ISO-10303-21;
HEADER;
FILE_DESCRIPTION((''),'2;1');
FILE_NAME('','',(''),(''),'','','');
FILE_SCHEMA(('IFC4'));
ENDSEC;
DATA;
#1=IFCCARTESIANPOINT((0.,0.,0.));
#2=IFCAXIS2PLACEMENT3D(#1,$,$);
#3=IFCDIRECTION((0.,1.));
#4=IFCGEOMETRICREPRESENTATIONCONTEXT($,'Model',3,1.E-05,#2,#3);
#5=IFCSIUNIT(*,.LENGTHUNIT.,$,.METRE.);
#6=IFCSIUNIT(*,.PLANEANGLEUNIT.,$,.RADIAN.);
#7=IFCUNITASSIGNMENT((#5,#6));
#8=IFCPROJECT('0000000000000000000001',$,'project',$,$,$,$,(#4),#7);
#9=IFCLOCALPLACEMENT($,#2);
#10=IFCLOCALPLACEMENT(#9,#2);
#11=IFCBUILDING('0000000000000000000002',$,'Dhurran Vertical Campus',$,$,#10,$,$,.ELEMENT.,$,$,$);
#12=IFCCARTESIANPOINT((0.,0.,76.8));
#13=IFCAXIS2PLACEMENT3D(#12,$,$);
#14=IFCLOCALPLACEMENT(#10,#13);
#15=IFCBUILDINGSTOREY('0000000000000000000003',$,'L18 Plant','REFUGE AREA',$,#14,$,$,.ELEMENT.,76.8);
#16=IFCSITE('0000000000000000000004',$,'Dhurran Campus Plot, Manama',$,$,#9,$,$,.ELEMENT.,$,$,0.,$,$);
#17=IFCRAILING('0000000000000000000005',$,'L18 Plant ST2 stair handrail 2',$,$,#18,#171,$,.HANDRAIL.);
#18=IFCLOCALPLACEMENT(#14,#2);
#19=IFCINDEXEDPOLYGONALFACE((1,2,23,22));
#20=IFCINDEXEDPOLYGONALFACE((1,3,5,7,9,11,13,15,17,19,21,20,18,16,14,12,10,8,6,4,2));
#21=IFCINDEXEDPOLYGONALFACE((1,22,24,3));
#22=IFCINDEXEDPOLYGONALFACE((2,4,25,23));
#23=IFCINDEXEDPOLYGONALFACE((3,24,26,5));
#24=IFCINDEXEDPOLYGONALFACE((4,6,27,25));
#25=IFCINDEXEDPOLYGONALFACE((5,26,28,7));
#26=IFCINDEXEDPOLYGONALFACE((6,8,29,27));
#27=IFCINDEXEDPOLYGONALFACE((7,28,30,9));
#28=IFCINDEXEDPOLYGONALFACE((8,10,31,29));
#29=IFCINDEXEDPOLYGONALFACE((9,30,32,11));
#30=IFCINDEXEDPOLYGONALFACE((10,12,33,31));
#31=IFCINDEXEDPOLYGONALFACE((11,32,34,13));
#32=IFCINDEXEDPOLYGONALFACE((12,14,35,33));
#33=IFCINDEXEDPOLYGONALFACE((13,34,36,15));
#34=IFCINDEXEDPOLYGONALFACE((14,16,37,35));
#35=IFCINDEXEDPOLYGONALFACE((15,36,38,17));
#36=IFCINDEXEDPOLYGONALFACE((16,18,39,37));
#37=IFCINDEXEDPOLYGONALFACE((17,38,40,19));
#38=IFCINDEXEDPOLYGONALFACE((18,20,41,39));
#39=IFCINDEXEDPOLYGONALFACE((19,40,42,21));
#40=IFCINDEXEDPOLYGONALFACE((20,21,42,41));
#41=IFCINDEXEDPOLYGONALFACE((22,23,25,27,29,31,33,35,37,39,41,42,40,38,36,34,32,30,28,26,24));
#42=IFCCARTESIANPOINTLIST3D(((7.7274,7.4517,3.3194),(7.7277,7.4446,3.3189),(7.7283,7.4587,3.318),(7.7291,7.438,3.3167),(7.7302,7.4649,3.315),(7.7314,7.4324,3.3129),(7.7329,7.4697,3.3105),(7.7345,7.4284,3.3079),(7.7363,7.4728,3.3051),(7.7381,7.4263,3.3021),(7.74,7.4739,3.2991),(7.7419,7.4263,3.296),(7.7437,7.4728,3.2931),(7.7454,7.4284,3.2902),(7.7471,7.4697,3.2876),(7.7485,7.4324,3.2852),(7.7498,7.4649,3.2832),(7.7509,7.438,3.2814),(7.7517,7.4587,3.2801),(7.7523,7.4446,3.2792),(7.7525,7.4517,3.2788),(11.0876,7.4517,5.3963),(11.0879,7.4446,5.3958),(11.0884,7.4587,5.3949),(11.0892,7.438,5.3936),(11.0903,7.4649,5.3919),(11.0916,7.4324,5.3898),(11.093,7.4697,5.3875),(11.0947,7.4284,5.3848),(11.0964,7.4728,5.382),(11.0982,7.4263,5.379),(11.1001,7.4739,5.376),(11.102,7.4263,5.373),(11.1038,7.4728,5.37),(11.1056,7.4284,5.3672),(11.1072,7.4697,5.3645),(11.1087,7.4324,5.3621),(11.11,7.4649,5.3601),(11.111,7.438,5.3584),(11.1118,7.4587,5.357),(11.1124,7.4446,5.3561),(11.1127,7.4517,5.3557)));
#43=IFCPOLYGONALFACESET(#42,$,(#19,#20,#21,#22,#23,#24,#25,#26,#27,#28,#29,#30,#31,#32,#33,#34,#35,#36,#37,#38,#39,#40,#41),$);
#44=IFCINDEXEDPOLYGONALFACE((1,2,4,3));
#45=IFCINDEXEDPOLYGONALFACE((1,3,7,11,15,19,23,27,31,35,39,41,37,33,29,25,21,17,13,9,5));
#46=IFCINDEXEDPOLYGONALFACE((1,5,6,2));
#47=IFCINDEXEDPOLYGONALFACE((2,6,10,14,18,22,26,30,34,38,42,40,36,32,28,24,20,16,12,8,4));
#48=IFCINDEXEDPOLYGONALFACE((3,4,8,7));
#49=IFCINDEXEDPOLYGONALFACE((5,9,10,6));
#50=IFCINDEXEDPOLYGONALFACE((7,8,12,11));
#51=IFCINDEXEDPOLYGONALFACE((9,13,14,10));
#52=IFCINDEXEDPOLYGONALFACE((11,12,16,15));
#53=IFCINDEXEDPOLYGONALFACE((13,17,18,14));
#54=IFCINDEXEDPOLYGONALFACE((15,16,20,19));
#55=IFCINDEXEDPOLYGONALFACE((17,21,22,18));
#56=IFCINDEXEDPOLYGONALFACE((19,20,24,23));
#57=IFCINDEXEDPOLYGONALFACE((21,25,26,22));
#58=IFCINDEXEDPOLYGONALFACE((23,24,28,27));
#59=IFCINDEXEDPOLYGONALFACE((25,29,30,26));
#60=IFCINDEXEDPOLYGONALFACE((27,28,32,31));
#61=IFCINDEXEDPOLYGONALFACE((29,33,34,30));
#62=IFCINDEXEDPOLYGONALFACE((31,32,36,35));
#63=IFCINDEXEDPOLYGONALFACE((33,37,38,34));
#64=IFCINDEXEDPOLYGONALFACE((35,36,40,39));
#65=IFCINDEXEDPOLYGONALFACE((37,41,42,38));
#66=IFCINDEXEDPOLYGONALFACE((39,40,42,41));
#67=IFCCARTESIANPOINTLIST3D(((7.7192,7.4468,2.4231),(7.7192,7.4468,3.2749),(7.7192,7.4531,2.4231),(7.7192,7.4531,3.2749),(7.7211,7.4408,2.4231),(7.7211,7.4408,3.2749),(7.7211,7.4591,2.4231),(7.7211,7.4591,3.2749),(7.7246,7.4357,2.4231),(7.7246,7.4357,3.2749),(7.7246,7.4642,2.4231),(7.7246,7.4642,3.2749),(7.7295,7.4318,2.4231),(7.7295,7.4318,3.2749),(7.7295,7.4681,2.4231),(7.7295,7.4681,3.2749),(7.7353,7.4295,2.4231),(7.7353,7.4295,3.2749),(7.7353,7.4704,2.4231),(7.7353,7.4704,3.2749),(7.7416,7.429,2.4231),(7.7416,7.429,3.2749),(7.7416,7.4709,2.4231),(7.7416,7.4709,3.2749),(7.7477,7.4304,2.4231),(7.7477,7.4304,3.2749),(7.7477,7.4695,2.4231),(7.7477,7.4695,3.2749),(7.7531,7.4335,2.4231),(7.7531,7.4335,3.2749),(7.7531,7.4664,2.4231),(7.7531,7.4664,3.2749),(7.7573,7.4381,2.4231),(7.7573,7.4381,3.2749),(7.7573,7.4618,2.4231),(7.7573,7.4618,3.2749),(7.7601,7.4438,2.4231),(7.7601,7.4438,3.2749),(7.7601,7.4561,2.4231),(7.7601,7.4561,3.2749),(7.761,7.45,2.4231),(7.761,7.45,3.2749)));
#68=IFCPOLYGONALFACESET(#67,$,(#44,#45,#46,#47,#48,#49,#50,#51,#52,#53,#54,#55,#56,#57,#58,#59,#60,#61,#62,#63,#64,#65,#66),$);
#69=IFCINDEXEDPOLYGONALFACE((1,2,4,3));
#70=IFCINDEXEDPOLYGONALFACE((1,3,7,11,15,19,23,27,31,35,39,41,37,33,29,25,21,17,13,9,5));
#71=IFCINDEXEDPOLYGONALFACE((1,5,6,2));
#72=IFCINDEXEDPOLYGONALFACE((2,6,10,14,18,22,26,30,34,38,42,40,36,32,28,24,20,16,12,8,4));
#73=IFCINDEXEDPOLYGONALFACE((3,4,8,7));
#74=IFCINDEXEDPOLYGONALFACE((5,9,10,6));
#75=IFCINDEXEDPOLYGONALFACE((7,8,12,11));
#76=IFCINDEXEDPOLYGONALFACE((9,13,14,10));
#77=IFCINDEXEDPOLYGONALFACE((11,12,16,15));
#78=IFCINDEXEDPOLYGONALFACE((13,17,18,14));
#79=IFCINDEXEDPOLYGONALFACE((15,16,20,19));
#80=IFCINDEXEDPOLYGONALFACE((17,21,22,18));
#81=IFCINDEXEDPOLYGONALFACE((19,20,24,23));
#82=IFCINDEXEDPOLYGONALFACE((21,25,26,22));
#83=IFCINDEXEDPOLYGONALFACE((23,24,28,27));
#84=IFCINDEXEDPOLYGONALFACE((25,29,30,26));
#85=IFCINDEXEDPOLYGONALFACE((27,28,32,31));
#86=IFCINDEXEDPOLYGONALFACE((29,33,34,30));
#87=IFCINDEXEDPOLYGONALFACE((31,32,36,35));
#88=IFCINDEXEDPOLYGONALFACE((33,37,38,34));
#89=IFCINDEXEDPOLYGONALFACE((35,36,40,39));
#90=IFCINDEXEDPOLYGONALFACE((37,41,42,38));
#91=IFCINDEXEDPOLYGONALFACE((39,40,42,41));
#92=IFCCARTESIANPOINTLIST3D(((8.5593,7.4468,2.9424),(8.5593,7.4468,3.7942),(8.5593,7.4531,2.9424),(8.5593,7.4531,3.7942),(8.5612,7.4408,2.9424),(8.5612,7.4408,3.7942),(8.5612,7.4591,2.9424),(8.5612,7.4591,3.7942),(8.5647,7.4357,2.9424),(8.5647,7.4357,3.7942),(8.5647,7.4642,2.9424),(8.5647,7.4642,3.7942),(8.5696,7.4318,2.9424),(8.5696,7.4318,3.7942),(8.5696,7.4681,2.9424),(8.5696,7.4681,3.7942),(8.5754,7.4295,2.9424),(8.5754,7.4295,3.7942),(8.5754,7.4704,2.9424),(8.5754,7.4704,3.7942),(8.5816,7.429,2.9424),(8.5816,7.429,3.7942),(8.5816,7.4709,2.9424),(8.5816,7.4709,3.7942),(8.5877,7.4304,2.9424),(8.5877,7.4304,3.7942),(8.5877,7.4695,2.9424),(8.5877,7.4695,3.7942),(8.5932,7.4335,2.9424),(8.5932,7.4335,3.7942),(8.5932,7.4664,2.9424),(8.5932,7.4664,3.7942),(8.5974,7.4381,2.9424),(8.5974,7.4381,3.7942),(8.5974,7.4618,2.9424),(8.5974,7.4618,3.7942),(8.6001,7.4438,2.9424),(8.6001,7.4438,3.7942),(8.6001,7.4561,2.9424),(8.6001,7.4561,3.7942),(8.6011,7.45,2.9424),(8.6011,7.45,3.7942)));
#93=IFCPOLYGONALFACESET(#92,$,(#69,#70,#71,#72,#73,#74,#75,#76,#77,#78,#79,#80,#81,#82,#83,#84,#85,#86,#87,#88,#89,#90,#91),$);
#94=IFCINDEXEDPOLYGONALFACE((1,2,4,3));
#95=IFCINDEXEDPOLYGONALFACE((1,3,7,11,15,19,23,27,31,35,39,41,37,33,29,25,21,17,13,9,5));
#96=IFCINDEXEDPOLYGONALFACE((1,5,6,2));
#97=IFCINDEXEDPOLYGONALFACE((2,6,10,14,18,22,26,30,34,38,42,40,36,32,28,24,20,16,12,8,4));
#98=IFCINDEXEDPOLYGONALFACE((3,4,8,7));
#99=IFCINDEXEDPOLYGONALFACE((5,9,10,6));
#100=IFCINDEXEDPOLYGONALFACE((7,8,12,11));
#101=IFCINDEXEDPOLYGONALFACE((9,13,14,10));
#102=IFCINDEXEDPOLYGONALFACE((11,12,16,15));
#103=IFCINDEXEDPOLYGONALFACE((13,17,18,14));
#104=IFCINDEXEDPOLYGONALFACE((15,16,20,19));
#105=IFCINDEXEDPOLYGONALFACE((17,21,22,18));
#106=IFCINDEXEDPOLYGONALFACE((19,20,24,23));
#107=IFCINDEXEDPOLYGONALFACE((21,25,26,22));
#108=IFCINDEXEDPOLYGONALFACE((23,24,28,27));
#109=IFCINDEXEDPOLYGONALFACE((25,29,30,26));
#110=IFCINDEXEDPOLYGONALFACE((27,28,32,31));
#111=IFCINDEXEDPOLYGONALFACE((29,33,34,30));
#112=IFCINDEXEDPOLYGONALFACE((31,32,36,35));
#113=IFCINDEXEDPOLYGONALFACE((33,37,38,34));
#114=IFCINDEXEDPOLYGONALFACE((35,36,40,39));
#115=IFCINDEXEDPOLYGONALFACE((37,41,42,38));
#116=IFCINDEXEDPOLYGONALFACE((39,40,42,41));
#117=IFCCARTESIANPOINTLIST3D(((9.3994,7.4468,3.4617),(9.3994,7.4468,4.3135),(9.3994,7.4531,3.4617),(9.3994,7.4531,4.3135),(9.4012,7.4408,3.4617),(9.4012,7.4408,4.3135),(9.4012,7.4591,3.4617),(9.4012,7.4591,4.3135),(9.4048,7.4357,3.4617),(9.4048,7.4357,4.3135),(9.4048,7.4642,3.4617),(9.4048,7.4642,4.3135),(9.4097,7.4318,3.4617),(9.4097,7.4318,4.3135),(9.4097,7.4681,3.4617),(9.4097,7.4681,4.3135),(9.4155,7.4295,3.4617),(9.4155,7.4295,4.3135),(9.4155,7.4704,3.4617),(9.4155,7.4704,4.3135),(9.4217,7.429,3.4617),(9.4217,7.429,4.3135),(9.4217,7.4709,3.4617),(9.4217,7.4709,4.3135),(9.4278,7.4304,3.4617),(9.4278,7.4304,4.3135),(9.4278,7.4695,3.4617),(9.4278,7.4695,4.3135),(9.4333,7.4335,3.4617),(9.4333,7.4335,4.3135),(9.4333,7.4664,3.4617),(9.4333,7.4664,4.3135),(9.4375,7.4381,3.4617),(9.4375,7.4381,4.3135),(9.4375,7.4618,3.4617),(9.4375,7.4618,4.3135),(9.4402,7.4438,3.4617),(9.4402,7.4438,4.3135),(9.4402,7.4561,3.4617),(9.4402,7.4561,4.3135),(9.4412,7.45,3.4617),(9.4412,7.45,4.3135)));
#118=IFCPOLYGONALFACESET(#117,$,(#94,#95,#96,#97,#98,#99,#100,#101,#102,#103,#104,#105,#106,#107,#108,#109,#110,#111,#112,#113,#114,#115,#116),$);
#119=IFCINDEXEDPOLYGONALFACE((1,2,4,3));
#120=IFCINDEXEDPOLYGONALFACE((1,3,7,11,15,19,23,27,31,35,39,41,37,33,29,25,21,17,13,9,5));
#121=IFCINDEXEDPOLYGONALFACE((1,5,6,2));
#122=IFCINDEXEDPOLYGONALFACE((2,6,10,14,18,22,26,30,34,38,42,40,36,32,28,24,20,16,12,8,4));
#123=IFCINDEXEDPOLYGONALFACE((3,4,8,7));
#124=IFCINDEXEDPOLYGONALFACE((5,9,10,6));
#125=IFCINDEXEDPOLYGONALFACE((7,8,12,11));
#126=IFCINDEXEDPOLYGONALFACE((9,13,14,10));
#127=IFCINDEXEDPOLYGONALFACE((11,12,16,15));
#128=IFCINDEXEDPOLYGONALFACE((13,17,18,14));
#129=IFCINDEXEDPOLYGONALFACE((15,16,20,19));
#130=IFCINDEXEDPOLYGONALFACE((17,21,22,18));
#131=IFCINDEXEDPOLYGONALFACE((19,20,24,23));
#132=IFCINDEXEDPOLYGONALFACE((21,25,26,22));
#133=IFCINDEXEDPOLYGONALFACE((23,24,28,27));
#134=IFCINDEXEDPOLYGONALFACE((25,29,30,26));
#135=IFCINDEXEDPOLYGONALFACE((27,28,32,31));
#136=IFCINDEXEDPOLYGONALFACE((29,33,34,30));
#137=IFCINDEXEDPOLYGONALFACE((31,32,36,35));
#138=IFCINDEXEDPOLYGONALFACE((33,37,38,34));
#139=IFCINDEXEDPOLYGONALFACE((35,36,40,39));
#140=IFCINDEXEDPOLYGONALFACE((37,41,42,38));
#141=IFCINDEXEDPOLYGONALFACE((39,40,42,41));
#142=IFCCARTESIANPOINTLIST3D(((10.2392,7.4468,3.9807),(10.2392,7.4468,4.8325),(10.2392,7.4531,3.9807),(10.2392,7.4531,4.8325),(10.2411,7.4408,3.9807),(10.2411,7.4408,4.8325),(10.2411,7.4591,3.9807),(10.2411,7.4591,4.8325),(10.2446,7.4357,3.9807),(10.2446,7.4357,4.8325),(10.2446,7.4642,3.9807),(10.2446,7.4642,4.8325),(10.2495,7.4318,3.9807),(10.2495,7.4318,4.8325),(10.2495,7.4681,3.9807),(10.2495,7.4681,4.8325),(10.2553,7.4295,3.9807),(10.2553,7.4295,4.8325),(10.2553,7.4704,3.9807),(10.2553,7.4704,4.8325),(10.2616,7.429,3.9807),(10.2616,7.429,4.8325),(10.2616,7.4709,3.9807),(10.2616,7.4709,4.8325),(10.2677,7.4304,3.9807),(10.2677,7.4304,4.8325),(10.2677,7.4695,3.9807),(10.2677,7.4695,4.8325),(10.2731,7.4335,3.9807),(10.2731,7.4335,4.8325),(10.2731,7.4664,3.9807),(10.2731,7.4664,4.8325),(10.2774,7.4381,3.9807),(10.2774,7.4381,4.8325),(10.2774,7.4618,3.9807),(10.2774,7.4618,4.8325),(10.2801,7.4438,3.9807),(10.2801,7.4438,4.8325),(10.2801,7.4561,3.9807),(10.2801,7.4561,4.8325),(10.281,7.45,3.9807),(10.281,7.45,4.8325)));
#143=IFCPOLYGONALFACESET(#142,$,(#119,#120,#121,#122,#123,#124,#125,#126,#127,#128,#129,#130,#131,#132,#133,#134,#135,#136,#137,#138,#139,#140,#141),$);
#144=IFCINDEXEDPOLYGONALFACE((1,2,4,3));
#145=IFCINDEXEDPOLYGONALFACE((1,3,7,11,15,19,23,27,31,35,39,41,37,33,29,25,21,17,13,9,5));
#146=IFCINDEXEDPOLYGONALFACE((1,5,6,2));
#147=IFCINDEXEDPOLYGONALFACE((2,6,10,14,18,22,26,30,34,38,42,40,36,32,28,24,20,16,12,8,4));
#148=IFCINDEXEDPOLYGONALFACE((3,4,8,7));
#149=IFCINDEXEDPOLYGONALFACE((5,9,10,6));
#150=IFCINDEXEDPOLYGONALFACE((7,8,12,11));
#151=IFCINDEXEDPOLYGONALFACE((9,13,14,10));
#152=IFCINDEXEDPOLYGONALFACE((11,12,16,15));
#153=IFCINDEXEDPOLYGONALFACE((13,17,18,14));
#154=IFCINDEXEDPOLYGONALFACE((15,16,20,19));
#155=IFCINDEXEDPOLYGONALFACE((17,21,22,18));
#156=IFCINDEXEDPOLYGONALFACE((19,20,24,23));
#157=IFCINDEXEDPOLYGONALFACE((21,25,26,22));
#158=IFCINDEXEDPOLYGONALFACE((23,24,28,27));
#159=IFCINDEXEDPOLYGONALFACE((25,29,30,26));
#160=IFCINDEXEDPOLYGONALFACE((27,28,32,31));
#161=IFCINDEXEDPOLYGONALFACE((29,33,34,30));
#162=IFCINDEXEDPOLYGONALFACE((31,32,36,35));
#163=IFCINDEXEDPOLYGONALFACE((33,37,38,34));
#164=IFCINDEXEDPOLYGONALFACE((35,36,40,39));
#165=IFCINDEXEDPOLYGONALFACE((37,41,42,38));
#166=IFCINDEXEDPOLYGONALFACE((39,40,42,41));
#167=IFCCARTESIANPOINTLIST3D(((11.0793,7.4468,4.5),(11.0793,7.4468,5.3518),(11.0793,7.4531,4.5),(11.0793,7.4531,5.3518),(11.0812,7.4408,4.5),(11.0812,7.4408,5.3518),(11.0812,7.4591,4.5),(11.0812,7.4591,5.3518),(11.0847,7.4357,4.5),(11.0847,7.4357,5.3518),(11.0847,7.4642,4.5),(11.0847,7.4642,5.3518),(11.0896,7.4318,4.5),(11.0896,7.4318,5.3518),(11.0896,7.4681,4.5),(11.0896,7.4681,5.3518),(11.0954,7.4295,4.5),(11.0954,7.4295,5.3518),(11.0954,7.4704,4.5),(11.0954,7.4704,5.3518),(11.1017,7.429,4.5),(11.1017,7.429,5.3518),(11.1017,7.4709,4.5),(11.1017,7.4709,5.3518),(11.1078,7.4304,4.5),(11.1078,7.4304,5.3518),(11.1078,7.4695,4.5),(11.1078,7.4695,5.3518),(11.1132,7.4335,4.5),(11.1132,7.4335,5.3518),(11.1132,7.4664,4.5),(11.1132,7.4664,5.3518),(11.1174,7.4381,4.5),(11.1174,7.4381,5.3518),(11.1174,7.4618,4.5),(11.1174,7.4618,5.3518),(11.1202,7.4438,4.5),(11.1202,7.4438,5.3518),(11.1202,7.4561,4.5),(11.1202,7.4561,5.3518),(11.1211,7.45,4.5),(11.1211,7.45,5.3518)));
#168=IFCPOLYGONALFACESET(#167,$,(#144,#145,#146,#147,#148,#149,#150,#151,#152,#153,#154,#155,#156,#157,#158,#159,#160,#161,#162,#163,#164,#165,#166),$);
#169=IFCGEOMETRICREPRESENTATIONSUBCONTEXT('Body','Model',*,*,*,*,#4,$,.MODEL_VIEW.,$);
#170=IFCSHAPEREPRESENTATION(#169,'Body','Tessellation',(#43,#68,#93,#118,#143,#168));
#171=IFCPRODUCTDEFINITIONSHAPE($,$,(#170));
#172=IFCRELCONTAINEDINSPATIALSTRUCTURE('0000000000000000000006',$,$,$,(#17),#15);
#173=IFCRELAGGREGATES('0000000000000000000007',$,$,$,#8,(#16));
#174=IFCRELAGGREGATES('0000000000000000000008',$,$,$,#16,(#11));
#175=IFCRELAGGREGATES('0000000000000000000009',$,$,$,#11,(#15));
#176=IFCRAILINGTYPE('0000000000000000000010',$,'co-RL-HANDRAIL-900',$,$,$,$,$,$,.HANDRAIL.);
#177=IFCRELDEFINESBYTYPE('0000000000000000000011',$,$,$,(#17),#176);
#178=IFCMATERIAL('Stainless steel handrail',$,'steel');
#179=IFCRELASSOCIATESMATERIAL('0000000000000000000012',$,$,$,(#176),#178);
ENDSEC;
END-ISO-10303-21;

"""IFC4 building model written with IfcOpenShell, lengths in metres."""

from ifc_helpers import new_model, si_unit, direction, frame, origin, origin_2d, place, context, subcontext, project, spatial, circle, extrude, material, type_object, element, save


model = new_model("IFC4")

# Units and contexts
model_context = context("Model", 3, precision=1e-05, world=origin(), true_north=direction((0.0, 1.0)))
body_context = subcontext(model_context, "Body", "Model", "MODEL_VIEW")
ifc_project = project(units=[si_unit("LENGTHUNIT", "METRE"), si_unit("PLANEANGLEUNIT", "RADIAN")], contexts=[model_context])

# Site, building, storey
site_placement = place(None, origin())
site = spatial("IfcSite", under=ifc_project, at=site_placement, Name="Dhurran Campus Plot, Manama", CompositionType="ELEMENT", RefElevation=0.0)
building_placement = place(site_placement, origin())
building = spatial("IfcBuilding", under=site, at=building_placement, Name="Dhurran Vertical Campus", CompositionType="ELEMENT")
storey_placement = place(building_placement, frame((0.0, 0.0, 76.8)))
storey = spatial("IfcBuildingStorey", under=building, at=storey_placement, Name="L18 Plant", Description="REFUGE AREA", CompositionType="ELEMENT", Elevation=76.8)

# Railing
ifc_material_1 = material(Name="Stainless steel handrail", Category="steel")
railing_type_1 = type_object("IfcRailingType", Name="co-RL-HANDRAIL-900", PredefinedType="HANDRAIL", material=ifc_material_1)
railing_1_placement = place(storey_placement, frame((7.74, 7.45, 2.4231)))
element("IfcRailing", 1, at=railing_1_placement, inside=storey, type_object=railing_type_1, Name="L18 Plant ST2 stair handrail 2", PredefinedType="HANDRAIL", context=body_context, shape_type="SweptSolid", body=[
    extrude(circle(Radius=0.0239, at=origin_2d()), frame((0.0, 0.0, 0.876), z_axis=(0.850623, 0.0, 0.525776), x_axis=(0.0, 1.0, 0.0)), (0.0, 0.0, 1.0), 3.9502),
    extrude(circle(Radius=0.021, at=origin_2d()), origin(), (0.0, 0.0, 1.0), 0.8518),
    extrude(circle(Radius=0.021, at=origin_2d()), frame((0.8401, 0.0, 0.5193)), (0.0, 0.0, 1.0), 0.8518),
    extrude(circle(Radius=0.021, at=origin_2d()), frame((1.6802, 0.0, 1.0386)), (0.0, 0.0, 1.0), 0.8518),
    extrude(circle(Radius=0.021, at=origin_2d()), frame((2.52, 0.0, 1.5576)), (0.0, 0.0, 1.0), 0.8518),
    extrude(circle(Radius=0.021, at=origin_2d()), frame((3.3601, 0.0, 2.0769)), (0.0, 0.0, 1.0), 0.8518),
])

save(model, "model.ifc")
